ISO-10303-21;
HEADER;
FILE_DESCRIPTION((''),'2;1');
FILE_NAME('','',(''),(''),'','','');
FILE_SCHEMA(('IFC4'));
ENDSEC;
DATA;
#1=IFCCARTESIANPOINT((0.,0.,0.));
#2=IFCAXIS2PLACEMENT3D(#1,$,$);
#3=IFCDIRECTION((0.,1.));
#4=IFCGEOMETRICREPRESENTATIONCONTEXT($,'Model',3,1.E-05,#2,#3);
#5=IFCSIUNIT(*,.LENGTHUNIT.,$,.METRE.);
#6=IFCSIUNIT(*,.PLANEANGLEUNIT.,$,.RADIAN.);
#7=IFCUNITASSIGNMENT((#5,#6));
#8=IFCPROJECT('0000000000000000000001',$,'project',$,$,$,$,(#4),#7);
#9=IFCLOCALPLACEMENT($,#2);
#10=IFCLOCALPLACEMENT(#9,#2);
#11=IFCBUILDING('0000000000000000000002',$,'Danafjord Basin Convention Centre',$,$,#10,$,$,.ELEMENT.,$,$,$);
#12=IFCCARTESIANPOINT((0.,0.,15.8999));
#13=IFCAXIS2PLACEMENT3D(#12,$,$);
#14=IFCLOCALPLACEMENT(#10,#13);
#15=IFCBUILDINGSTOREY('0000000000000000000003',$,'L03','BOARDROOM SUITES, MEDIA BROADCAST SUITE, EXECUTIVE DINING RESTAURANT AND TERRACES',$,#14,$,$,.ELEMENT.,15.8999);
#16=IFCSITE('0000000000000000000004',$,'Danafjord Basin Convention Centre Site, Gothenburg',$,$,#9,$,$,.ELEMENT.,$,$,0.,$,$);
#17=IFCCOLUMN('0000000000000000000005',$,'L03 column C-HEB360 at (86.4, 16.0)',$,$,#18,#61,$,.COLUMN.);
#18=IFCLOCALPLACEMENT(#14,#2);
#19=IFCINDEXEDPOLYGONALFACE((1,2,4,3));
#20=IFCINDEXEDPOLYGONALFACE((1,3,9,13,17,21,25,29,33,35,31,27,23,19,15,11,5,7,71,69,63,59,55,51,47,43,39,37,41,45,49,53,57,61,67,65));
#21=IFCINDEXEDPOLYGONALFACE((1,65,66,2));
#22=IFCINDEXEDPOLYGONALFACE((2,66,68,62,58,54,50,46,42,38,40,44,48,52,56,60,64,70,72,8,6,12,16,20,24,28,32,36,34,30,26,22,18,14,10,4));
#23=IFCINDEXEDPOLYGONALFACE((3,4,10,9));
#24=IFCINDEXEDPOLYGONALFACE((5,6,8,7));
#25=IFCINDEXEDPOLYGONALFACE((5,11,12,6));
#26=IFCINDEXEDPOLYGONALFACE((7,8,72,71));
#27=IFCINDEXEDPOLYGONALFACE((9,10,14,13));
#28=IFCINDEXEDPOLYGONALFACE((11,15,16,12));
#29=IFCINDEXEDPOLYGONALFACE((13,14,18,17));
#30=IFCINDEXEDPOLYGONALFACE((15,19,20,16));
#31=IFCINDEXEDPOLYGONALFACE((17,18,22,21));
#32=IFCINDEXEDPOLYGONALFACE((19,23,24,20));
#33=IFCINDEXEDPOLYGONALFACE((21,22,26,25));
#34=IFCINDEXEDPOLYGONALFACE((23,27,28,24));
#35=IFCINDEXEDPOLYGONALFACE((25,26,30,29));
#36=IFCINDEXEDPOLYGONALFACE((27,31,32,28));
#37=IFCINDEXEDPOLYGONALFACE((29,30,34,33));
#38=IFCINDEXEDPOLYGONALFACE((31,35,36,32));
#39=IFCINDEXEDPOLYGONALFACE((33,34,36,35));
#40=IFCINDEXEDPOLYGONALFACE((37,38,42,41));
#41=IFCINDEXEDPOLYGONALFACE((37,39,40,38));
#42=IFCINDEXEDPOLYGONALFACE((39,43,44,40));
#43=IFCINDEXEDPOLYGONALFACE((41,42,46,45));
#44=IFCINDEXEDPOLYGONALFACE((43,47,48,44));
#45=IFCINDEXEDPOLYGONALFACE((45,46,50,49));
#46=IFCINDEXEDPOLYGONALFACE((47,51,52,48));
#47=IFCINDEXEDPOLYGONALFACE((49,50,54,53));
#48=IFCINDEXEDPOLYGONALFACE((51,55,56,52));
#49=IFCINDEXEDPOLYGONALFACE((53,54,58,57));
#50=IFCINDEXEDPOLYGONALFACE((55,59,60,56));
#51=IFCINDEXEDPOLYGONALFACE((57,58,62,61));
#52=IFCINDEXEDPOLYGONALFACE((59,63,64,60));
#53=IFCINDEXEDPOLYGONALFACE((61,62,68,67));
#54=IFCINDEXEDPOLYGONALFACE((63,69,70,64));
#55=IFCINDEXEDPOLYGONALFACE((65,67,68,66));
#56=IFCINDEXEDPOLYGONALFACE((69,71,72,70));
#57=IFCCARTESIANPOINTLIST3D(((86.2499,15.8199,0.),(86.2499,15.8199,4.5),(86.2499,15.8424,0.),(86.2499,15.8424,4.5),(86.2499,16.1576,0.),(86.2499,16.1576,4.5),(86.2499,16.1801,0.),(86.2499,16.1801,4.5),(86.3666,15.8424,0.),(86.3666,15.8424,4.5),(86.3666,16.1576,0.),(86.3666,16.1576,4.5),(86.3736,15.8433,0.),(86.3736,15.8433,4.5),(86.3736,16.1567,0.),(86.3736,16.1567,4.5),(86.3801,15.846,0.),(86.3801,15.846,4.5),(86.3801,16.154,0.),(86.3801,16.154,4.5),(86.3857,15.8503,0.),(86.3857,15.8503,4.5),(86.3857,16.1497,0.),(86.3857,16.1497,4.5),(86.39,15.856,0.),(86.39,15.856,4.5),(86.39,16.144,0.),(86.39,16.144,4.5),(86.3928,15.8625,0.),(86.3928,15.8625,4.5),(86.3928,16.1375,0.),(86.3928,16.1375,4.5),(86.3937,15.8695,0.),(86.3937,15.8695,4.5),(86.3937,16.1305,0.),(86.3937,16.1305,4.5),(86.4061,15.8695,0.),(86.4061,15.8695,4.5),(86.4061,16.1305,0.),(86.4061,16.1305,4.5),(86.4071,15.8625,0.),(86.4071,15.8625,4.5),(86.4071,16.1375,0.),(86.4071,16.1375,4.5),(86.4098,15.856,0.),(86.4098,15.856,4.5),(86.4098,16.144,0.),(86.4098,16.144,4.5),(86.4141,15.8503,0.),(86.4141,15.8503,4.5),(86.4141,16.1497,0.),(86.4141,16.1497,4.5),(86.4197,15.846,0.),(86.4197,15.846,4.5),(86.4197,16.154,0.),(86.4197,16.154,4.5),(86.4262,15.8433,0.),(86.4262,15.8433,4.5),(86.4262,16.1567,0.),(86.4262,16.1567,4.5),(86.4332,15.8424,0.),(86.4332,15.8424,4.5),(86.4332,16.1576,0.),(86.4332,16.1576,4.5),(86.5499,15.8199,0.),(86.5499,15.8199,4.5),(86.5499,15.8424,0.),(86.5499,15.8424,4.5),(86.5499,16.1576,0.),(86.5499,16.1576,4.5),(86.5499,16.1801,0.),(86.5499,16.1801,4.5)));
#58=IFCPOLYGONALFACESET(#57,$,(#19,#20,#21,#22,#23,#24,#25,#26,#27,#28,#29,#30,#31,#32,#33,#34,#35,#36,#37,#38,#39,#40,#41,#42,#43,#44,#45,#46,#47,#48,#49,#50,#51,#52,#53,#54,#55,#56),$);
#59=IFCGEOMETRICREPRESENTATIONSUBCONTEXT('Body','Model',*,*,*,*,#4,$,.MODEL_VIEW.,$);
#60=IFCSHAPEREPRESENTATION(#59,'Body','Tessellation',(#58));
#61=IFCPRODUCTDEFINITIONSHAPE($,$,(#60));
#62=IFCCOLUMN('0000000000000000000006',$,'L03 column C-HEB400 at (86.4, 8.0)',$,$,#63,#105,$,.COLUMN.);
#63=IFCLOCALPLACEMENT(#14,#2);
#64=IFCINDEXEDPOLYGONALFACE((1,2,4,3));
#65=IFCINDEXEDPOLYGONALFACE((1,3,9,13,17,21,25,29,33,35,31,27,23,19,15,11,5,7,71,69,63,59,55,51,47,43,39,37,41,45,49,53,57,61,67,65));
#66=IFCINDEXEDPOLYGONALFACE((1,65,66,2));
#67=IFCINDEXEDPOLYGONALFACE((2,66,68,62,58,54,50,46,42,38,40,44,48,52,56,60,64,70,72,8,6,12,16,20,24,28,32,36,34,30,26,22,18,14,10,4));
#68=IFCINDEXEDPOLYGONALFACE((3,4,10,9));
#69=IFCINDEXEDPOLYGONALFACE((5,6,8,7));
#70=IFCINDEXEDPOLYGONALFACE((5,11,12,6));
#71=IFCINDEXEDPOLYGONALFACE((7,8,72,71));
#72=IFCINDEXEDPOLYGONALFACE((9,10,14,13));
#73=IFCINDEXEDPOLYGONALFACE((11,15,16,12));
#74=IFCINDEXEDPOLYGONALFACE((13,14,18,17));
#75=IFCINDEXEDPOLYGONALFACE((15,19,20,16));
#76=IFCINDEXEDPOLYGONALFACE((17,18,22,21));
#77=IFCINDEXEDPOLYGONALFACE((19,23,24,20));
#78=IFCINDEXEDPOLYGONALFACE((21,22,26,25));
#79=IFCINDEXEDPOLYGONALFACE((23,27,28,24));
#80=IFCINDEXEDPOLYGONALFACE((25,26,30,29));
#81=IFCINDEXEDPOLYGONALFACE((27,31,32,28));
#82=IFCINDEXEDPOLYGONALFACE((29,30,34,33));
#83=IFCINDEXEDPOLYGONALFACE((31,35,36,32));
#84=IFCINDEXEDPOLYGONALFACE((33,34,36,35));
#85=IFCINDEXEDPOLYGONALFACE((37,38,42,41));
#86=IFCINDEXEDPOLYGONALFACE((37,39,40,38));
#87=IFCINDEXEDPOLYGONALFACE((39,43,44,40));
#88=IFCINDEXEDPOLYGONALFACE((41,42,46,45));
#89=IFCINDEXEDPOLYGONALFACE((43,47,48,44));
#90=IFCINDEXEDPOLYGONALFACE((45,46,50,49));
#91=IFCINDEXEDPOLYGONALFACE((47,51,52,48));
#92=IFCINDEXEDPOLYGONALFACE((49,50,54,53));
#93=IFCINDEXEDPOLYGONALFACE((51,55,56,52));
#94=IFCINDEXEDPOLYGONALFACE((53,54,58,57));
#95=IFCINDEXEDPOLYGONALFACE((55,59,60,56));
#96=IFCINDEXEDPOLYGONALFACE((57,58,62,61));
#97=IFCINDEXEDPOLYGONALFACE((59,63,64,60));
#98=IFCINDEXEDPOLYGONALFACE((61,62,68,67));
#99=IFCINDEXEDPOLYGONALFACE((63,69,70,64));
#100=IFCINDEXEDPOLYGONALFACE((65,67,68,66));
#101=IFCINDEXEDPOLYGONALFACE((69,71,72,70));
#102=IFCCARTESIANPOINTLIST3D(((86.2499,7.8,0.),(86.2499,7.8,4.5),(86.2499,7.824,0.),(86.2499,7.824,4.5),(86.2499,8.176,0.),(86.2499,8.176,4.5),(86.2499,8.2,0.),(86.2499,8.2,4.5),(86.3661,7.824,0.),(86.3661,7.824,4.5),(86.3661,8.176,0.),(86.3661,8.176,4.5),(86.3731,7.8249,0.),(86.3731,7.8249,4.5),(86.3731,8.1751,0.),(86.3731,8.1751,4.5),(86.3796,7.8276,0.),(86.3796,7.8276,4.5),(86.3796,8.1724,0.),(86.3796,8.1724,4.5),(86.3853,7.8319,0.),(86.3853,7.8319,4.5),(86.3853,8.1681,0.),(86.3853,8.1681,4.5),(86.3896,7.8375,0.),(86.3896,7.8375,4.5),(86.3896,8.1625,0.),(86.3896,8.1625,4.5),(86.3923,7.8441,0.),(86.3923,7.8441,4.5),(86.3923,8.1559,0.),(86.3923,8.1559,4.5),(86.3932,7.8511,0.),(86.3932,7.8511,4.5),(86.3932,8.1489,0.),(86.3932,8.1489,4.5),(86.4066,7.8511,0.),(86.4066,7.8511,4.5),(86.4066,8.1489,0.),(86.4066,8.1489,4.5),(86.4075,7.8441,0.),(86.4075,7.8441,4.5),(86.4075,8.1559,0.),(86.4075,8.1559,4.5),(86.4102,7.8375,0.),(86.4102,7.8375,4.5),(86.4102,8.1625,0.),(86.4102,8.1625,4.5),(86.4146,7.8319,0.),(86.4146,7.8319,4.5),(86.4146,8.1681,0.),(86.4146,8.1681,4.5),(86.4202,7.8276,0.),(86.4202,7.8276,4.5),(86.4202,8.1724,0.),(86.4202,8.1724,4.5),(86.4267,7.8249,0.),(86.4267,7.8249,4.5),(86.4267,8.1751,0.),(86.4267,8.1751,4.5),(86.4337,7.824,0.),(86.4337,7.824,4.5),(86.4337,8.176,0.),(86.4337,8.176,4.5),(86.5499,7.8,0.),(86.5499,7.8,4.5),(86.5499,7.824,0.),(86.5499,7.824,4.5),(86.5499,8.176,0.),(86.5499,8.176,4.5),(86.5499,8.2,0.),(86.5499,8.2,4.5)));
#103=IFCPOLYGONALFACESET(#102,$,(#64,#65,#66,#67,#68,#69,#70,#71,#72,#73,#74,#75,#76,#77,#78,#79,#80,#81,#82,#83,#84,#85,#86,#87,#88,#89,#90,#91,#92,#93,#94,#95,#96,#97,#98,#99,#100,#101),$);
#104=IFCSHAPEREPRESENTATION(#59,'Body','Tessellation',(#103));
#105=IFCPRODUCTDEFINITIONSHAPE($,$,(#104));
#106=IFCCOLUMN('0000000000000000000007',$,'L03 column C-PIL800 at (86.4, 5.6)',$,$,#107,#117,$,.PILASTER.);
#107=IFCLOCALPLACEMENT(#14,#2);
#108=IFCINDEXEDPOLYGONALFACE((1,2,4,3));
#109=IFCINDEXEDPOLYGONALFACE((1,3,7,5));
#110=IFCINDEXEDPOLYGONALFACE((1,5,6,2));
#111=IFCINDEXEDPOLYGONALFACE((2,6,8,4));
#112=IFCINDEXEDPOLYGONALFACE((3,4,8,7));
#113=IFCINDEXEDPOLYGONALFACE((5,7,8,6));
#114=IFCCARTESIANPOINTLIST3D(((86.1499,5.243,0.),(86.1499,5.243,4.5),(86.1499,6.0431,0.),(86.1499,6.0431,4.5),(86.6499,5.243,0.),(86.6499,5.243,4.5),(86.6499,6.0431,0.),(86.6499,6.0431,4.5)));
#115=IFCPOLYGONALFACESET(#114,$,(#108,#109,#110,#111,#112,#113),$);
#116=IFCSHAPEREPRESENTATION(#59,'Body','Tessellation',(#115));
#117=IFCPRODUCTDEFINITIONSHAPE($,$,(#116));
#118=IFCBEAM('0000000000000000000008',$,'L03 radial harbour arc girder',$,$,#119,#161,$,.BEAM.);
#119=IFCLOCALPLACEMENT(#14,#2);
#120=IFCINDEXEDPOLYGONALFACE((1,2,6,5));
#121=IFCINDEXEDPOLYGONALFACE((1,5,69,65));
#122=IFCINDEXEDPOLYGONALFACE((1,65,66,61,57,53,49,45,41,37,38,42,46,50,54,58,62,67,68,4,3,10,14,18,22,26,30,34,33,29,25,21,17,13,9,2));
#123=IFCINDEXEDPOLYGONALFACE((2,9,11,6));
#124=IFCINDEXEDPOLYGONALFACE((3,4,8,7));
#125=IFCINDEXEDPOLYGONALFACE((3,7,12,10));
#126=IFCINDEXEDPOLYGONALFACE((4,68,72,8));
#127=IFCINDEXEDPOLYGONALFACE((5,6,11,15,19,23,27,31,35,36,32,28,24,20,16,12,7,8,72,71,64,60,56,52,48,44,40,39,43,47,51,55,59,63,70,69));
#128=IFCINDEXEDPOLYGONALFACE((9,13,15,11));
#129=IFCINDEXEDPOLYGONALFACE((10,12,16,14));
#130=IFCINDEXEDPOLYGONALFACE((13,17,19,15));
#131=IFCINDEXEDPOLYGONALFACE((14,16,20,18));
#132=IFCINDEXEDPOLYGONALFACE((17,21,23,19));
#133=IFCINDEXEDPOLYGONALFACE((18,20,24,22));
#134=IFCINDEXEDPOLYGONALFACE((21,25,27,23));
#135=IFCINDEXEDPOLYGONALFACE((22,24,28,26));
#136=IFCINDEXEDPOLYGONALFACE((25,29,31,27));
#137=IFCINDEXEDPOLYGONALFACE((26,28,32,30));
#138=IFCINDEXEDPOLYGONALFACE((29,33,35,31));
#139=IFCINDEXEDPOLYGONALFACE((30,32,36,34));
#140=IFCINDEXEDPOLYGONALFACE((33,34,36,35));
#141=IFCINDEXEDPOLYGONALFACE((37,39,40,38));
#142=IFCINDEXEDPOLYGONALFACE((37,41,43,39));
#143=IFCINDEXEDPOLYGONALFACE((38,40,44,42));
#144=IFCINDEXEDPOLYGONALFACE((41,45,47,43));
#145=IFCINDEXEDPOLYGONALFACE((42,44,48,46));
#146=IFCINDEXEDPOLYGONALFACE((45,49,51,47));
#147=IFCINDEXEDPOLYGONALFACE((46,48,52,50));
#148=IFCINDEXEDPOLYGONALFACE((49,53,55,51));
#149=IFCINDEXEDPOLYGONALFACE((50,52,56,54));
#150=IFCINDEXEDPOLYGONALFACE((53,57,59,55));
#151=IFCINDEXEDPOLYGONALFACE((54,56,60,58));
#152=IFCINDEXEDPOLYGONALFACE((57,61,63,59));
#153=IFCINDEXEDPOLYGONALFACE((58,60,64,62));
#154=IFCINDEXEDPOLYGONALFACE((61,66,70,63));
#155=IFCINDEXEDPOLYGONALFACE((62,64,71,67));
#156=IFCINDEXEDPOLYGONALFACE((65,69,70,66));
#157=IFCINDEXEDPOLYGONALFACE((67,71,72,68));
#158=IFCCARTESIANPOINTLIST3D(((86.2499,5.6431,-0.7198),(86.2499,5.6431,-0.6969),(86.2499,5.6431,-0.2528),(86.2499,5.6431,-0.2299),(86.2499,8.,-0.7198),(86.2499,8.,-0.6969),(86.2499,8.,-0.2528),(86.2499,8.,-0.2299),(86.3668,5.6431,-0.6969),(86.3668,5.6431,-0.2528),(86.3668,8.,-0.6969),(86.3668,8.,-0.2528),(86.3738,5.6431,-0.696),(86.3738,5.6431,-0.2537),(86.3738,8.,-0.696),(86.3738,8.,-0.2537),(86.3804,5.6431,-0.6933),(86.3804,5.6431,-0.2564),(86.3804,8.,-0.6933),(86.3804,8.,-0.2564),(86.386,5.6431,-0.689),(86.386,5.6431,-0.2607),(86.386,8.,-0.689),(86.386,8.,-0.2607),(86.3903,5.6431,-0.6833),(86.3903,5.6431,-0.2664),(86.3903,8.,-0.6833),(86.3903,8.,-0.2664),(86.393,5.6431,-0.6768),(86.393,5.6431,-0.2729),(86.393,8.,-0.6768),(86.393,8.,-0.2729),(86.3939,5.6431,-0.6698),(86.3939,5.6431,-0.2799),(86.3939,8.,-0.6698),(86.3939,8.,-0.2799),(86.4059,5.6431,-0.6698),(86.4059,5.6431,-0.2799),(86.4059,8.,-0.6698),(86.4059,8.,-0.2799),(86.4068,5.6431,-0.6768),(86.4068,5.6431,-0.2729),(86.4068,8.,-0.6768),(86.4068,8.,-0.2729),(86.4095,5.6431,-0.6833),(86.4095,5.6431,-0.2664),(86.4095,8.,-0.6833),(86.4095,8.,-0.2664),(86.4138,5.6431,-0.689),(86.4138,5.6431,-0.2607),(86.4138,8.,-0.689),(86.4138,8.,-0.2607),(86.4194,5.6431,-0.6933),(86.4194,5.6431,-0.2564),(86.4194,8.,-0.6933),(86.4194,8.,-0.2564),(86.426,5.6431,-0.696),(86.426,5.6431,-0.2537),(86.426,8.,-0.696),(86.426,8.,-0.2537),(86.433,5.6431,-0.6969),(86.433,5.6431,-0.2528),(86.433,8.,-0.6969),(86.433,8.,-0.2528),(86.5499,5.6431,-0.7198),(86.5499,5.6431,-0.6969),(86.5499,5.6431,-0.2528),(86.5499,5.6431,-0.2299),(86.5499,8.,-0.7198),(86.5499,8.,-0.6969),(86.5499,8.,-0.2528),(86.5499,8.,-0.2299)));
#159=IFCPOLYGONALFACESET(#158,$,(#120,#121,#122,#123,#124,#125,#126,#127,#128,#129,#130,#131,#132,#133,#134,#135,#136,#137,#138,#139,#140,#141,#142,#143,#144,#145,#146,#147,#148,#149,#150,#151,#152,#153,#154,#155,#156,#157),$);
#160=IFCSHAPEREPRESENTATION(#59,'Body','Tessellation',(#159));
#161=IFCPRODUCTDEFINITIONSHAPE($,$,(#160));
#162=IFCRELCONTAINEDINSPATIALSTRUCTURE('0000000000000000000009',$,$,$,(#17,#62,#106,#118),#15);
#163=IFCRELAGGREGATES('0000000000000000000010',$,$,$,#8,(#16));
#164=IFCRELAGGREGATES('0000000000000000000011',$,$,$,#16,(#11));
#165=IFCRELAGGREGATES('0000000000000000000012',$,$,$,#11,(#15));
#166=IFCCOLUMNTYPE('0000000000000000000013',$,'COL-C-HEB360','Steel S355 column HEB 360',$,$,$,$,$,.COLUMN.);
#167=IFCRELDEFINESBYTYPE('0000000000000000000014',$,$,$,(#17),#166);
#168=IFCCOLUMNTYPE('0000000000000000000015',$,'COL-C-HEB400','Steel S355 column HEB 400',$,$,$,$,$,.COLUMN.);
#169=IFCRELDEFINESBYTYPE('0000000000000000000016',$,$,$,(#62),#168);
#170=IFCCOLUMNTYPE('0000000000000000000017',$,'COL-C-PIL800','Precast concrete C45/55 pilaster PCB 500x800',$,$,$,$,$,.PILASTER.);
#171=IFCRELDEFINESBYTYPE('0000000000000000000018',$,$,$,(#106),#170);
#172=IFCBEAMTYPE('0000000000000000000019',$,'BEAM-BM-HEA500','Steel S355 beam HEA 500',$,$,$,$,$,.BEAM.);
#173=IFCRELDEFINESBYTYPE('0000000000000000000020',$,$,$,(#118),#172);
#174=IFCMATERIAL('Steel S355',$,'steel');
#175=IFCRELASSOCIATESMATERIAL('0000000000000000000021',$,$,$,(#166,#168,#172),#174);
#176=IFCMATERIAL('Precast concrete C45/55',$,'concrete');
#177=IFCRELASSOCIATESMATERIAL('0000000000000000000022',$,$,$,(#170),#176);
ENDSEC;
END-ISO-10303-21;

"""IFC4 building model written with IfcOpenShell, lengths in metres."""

from ifc_helpers import new_model, si_unit, direction, frame, origin, origin_2d, place, context, subcontext, project, spatial, rectangle, i_section, extrude, material, material_profile, profile_set, type_object, element, save


model = new_model("IFC4")

# Units and contexts
model_context = context("Model", 3, precision=1e-05, world=origin(), true_north=direction((0.0, 1.0)))
body_context = subcontext(model_context, "Body", "Model", "MODEL_VIEW")
ifc_project = project(units=[si_unit("LENGTHUNIT", "METRE"), si_unit("PLANEANGLEUNIT", "RADIAN")], contexts=[model_context])

# Site, building, storey
site_placement = place(None, origin())
site = spatial("IfcSite", under=ifc_project, at=site_placement, Name="Danafjord Basin Convention Centre Site, Gothenburg", CompositionType="ELEMENT", RefElevation=0.0)
building_placement = place(site_placement, origin())
building = spatial("IfcBuilding", under=site, at=building_placement, Name="Danafjord Basin Convention Centre", CompositionType="ELEMENT")
storey_placement = place(building_placement, frame((0.0, 0.0, 15.8999)))
storey = spatial("IfcBuildingStorey", under=building, at=storey_placement, Name="L03", Description="BOARDROOM SUITES, MEDIA BROADCAST SUITE, EXECUTIVE DINING RESTAURANT AND TERRACES", CompositionType="ELEMENT", Elevation=15.8999)

# Columns
ifc_material_1 = material(Name="Steel S355", Category="steel")
ifc_material_profile_1 = material_profile(ifc_material_1, i_section(OverallWidth=0.3, OverallDepth=0.3601, WebThickness=0.0125, FlangeThickness=0.0225, FilletRadius=0.0271, at=origin_2d()), Name="HEB 360")
ifc_profile_set_1 = profile_set([ifc_material_profile_1], Name="Steel S355")
column_type_1 = type_object("IfcColumnType", Name="COL-C-HEB360", Description="Steel S355 column HEB 360", PredefinedType="COLUMN", material=ifc_profile_set_1)
column_1_placement = place(storey_placement, frame((86.3999, 16.0, 0.0), z_axis=(0.0, 0.0, 1.0), x_axis=(1.0, 0.0, 0.0)))
element("IfcColumn", 1, at=column_1_placement, inside=storey, type_object=column_type_1, Name="L03 column C-HEB360 at (86.4, 16.0)", PredefinedType="COLUMN", context=body_context, shape_type="SweptSolid", body=[
    extrude(i_section(OverallWidth=0.3, OverallDepth=0.3601, WebThickness=0.0125, FlangeThickness=0.0225, FilletRadius=0.0271, at=origin_2d()), origin(), (0.0, 0.0, 1.0), 4.5),
])
ifc_material_profile_2 = material_profile(ifc_material_1, i_section(OverallWidth=0.3, OverallDepth=0.3999, WebThickness=0.0134, FlangeThickness=0.0239, FilletRadius=0.0271, at=origin_2d()), Name="HEB 400")
ifc_profile_set_2 = profile_set([ifc_material_profile_2], Name="Steel S355")
column_type_2 = type_object("IfcColumnType", Name="COL-C-HEB400", Description="Steel S355 column HEB 400", PredefinedType="COLUMN", material=ifc_profile_set_2)
column_2_placement = place(storey_placement, frame((86.3999, 8.0, 0.0), z_axis=(0.0, 0.0, 1.0), x_axis=(1.0, 0.0, 0.0)))
element("IfcColumn", 2, at=column_2_placement, inside=storey, type_object=column_type_2, Name="L03 column C-HEB400 at (86.4, 8.0)", PredefinedType="COLUMN", context=body_context, shape_type="SweptSolid", body=[
    extrude(i_section(OverallWidth=0.3, OverallDepth=0.3999, WebThickness=0.0134, FlangeThickness=0.0239, FilletRadius=0.0271, at=origin_2d()), origin(), (0.0, 0.0, 1.0), 4.5),
])
ifc_material_2 = material(Name="Precast concrete C45/55", Category="concrete")
ifc_material_profile_3 = material_profile(ifc_material_2, rectangle(XDim=0.5, YDim=0.8, at=origin_2d()), Name="PCB 500x800")
ifc_profile_set_3 = profile_set([ifc_material_profile_3], Name="Precast concrete C45/55")
column_type_3 = type_object("IfcColumnType", Name="COL-C-PIL800", Description="Precast concrete C45/55 pilaster PCB 500x800", PredefinedType="PILASTER", material=ifc_profile_set_3)
column_3_placement = place(storey_placement, frame((86.3999, 5.6431, 0.0), z_axis=(0.0, 0.0, 1.0), x_axis=(1.0, 0.0, 0.0)))
element("IfcColumn", 3, at=column_3_placement, inside=storey, type_object=column_type_3, Name="L03 column C-PIL800 at (86.4, 5.6)", PredefinedType="PILASTER", context=body_context, shape_type="SweptSolid", body=[
    extrude(rectangle(XDim=0.5, YDim=0.8, at=origin_2d()), origin(), (0.0, 0.0, 1.0), 4.5),
])

# Beam
ifc_material_profile_4 = material_profile(ifc_material_1, i_section(OverallWidth=0.3, OverallDepth=0.49, WebThickness=0.012, FlangeThickness=0.0229, FilletRadius=0.0271, at=origin_2d()), Name="HEA 500")
ifc_profile_set_4 = profile_set([ifc_material_profile_4], Name="Steel S355")
beam_type_1 = type_object("IfcBeamType", Name="BEAM-BM-HEA500", Description="Steel S355 beam HEA 500", PredefinedType="BEAM", material=ifc_profile_set_4)
beam_1_placement = place(storey_placement, frame((86.3999, 5.6431, -0.4749), z_axis=(0.0, 1.0, 0.0), x_axis=(-1.0, 0.0, 0.0)))
element("IfcBeam", 4, at=beam_1_placement, inside=storey, type_object=beam_type_1, Name="L03 radial harbour arc girder", PredefinedType="BEAM", context=body_context, shape_type="SweptSolid", body=[
    extrude(i_section(OverallWidth=0.3, OverallDepth=0.49, WebThickness=0.012, FlangeThickness=0.0229, FilletRadius=0.0271, at=origin_2d()), origin(), (0.0, 0.0, 1.0), 2.3569),
])

save(model, "model.ifc")
